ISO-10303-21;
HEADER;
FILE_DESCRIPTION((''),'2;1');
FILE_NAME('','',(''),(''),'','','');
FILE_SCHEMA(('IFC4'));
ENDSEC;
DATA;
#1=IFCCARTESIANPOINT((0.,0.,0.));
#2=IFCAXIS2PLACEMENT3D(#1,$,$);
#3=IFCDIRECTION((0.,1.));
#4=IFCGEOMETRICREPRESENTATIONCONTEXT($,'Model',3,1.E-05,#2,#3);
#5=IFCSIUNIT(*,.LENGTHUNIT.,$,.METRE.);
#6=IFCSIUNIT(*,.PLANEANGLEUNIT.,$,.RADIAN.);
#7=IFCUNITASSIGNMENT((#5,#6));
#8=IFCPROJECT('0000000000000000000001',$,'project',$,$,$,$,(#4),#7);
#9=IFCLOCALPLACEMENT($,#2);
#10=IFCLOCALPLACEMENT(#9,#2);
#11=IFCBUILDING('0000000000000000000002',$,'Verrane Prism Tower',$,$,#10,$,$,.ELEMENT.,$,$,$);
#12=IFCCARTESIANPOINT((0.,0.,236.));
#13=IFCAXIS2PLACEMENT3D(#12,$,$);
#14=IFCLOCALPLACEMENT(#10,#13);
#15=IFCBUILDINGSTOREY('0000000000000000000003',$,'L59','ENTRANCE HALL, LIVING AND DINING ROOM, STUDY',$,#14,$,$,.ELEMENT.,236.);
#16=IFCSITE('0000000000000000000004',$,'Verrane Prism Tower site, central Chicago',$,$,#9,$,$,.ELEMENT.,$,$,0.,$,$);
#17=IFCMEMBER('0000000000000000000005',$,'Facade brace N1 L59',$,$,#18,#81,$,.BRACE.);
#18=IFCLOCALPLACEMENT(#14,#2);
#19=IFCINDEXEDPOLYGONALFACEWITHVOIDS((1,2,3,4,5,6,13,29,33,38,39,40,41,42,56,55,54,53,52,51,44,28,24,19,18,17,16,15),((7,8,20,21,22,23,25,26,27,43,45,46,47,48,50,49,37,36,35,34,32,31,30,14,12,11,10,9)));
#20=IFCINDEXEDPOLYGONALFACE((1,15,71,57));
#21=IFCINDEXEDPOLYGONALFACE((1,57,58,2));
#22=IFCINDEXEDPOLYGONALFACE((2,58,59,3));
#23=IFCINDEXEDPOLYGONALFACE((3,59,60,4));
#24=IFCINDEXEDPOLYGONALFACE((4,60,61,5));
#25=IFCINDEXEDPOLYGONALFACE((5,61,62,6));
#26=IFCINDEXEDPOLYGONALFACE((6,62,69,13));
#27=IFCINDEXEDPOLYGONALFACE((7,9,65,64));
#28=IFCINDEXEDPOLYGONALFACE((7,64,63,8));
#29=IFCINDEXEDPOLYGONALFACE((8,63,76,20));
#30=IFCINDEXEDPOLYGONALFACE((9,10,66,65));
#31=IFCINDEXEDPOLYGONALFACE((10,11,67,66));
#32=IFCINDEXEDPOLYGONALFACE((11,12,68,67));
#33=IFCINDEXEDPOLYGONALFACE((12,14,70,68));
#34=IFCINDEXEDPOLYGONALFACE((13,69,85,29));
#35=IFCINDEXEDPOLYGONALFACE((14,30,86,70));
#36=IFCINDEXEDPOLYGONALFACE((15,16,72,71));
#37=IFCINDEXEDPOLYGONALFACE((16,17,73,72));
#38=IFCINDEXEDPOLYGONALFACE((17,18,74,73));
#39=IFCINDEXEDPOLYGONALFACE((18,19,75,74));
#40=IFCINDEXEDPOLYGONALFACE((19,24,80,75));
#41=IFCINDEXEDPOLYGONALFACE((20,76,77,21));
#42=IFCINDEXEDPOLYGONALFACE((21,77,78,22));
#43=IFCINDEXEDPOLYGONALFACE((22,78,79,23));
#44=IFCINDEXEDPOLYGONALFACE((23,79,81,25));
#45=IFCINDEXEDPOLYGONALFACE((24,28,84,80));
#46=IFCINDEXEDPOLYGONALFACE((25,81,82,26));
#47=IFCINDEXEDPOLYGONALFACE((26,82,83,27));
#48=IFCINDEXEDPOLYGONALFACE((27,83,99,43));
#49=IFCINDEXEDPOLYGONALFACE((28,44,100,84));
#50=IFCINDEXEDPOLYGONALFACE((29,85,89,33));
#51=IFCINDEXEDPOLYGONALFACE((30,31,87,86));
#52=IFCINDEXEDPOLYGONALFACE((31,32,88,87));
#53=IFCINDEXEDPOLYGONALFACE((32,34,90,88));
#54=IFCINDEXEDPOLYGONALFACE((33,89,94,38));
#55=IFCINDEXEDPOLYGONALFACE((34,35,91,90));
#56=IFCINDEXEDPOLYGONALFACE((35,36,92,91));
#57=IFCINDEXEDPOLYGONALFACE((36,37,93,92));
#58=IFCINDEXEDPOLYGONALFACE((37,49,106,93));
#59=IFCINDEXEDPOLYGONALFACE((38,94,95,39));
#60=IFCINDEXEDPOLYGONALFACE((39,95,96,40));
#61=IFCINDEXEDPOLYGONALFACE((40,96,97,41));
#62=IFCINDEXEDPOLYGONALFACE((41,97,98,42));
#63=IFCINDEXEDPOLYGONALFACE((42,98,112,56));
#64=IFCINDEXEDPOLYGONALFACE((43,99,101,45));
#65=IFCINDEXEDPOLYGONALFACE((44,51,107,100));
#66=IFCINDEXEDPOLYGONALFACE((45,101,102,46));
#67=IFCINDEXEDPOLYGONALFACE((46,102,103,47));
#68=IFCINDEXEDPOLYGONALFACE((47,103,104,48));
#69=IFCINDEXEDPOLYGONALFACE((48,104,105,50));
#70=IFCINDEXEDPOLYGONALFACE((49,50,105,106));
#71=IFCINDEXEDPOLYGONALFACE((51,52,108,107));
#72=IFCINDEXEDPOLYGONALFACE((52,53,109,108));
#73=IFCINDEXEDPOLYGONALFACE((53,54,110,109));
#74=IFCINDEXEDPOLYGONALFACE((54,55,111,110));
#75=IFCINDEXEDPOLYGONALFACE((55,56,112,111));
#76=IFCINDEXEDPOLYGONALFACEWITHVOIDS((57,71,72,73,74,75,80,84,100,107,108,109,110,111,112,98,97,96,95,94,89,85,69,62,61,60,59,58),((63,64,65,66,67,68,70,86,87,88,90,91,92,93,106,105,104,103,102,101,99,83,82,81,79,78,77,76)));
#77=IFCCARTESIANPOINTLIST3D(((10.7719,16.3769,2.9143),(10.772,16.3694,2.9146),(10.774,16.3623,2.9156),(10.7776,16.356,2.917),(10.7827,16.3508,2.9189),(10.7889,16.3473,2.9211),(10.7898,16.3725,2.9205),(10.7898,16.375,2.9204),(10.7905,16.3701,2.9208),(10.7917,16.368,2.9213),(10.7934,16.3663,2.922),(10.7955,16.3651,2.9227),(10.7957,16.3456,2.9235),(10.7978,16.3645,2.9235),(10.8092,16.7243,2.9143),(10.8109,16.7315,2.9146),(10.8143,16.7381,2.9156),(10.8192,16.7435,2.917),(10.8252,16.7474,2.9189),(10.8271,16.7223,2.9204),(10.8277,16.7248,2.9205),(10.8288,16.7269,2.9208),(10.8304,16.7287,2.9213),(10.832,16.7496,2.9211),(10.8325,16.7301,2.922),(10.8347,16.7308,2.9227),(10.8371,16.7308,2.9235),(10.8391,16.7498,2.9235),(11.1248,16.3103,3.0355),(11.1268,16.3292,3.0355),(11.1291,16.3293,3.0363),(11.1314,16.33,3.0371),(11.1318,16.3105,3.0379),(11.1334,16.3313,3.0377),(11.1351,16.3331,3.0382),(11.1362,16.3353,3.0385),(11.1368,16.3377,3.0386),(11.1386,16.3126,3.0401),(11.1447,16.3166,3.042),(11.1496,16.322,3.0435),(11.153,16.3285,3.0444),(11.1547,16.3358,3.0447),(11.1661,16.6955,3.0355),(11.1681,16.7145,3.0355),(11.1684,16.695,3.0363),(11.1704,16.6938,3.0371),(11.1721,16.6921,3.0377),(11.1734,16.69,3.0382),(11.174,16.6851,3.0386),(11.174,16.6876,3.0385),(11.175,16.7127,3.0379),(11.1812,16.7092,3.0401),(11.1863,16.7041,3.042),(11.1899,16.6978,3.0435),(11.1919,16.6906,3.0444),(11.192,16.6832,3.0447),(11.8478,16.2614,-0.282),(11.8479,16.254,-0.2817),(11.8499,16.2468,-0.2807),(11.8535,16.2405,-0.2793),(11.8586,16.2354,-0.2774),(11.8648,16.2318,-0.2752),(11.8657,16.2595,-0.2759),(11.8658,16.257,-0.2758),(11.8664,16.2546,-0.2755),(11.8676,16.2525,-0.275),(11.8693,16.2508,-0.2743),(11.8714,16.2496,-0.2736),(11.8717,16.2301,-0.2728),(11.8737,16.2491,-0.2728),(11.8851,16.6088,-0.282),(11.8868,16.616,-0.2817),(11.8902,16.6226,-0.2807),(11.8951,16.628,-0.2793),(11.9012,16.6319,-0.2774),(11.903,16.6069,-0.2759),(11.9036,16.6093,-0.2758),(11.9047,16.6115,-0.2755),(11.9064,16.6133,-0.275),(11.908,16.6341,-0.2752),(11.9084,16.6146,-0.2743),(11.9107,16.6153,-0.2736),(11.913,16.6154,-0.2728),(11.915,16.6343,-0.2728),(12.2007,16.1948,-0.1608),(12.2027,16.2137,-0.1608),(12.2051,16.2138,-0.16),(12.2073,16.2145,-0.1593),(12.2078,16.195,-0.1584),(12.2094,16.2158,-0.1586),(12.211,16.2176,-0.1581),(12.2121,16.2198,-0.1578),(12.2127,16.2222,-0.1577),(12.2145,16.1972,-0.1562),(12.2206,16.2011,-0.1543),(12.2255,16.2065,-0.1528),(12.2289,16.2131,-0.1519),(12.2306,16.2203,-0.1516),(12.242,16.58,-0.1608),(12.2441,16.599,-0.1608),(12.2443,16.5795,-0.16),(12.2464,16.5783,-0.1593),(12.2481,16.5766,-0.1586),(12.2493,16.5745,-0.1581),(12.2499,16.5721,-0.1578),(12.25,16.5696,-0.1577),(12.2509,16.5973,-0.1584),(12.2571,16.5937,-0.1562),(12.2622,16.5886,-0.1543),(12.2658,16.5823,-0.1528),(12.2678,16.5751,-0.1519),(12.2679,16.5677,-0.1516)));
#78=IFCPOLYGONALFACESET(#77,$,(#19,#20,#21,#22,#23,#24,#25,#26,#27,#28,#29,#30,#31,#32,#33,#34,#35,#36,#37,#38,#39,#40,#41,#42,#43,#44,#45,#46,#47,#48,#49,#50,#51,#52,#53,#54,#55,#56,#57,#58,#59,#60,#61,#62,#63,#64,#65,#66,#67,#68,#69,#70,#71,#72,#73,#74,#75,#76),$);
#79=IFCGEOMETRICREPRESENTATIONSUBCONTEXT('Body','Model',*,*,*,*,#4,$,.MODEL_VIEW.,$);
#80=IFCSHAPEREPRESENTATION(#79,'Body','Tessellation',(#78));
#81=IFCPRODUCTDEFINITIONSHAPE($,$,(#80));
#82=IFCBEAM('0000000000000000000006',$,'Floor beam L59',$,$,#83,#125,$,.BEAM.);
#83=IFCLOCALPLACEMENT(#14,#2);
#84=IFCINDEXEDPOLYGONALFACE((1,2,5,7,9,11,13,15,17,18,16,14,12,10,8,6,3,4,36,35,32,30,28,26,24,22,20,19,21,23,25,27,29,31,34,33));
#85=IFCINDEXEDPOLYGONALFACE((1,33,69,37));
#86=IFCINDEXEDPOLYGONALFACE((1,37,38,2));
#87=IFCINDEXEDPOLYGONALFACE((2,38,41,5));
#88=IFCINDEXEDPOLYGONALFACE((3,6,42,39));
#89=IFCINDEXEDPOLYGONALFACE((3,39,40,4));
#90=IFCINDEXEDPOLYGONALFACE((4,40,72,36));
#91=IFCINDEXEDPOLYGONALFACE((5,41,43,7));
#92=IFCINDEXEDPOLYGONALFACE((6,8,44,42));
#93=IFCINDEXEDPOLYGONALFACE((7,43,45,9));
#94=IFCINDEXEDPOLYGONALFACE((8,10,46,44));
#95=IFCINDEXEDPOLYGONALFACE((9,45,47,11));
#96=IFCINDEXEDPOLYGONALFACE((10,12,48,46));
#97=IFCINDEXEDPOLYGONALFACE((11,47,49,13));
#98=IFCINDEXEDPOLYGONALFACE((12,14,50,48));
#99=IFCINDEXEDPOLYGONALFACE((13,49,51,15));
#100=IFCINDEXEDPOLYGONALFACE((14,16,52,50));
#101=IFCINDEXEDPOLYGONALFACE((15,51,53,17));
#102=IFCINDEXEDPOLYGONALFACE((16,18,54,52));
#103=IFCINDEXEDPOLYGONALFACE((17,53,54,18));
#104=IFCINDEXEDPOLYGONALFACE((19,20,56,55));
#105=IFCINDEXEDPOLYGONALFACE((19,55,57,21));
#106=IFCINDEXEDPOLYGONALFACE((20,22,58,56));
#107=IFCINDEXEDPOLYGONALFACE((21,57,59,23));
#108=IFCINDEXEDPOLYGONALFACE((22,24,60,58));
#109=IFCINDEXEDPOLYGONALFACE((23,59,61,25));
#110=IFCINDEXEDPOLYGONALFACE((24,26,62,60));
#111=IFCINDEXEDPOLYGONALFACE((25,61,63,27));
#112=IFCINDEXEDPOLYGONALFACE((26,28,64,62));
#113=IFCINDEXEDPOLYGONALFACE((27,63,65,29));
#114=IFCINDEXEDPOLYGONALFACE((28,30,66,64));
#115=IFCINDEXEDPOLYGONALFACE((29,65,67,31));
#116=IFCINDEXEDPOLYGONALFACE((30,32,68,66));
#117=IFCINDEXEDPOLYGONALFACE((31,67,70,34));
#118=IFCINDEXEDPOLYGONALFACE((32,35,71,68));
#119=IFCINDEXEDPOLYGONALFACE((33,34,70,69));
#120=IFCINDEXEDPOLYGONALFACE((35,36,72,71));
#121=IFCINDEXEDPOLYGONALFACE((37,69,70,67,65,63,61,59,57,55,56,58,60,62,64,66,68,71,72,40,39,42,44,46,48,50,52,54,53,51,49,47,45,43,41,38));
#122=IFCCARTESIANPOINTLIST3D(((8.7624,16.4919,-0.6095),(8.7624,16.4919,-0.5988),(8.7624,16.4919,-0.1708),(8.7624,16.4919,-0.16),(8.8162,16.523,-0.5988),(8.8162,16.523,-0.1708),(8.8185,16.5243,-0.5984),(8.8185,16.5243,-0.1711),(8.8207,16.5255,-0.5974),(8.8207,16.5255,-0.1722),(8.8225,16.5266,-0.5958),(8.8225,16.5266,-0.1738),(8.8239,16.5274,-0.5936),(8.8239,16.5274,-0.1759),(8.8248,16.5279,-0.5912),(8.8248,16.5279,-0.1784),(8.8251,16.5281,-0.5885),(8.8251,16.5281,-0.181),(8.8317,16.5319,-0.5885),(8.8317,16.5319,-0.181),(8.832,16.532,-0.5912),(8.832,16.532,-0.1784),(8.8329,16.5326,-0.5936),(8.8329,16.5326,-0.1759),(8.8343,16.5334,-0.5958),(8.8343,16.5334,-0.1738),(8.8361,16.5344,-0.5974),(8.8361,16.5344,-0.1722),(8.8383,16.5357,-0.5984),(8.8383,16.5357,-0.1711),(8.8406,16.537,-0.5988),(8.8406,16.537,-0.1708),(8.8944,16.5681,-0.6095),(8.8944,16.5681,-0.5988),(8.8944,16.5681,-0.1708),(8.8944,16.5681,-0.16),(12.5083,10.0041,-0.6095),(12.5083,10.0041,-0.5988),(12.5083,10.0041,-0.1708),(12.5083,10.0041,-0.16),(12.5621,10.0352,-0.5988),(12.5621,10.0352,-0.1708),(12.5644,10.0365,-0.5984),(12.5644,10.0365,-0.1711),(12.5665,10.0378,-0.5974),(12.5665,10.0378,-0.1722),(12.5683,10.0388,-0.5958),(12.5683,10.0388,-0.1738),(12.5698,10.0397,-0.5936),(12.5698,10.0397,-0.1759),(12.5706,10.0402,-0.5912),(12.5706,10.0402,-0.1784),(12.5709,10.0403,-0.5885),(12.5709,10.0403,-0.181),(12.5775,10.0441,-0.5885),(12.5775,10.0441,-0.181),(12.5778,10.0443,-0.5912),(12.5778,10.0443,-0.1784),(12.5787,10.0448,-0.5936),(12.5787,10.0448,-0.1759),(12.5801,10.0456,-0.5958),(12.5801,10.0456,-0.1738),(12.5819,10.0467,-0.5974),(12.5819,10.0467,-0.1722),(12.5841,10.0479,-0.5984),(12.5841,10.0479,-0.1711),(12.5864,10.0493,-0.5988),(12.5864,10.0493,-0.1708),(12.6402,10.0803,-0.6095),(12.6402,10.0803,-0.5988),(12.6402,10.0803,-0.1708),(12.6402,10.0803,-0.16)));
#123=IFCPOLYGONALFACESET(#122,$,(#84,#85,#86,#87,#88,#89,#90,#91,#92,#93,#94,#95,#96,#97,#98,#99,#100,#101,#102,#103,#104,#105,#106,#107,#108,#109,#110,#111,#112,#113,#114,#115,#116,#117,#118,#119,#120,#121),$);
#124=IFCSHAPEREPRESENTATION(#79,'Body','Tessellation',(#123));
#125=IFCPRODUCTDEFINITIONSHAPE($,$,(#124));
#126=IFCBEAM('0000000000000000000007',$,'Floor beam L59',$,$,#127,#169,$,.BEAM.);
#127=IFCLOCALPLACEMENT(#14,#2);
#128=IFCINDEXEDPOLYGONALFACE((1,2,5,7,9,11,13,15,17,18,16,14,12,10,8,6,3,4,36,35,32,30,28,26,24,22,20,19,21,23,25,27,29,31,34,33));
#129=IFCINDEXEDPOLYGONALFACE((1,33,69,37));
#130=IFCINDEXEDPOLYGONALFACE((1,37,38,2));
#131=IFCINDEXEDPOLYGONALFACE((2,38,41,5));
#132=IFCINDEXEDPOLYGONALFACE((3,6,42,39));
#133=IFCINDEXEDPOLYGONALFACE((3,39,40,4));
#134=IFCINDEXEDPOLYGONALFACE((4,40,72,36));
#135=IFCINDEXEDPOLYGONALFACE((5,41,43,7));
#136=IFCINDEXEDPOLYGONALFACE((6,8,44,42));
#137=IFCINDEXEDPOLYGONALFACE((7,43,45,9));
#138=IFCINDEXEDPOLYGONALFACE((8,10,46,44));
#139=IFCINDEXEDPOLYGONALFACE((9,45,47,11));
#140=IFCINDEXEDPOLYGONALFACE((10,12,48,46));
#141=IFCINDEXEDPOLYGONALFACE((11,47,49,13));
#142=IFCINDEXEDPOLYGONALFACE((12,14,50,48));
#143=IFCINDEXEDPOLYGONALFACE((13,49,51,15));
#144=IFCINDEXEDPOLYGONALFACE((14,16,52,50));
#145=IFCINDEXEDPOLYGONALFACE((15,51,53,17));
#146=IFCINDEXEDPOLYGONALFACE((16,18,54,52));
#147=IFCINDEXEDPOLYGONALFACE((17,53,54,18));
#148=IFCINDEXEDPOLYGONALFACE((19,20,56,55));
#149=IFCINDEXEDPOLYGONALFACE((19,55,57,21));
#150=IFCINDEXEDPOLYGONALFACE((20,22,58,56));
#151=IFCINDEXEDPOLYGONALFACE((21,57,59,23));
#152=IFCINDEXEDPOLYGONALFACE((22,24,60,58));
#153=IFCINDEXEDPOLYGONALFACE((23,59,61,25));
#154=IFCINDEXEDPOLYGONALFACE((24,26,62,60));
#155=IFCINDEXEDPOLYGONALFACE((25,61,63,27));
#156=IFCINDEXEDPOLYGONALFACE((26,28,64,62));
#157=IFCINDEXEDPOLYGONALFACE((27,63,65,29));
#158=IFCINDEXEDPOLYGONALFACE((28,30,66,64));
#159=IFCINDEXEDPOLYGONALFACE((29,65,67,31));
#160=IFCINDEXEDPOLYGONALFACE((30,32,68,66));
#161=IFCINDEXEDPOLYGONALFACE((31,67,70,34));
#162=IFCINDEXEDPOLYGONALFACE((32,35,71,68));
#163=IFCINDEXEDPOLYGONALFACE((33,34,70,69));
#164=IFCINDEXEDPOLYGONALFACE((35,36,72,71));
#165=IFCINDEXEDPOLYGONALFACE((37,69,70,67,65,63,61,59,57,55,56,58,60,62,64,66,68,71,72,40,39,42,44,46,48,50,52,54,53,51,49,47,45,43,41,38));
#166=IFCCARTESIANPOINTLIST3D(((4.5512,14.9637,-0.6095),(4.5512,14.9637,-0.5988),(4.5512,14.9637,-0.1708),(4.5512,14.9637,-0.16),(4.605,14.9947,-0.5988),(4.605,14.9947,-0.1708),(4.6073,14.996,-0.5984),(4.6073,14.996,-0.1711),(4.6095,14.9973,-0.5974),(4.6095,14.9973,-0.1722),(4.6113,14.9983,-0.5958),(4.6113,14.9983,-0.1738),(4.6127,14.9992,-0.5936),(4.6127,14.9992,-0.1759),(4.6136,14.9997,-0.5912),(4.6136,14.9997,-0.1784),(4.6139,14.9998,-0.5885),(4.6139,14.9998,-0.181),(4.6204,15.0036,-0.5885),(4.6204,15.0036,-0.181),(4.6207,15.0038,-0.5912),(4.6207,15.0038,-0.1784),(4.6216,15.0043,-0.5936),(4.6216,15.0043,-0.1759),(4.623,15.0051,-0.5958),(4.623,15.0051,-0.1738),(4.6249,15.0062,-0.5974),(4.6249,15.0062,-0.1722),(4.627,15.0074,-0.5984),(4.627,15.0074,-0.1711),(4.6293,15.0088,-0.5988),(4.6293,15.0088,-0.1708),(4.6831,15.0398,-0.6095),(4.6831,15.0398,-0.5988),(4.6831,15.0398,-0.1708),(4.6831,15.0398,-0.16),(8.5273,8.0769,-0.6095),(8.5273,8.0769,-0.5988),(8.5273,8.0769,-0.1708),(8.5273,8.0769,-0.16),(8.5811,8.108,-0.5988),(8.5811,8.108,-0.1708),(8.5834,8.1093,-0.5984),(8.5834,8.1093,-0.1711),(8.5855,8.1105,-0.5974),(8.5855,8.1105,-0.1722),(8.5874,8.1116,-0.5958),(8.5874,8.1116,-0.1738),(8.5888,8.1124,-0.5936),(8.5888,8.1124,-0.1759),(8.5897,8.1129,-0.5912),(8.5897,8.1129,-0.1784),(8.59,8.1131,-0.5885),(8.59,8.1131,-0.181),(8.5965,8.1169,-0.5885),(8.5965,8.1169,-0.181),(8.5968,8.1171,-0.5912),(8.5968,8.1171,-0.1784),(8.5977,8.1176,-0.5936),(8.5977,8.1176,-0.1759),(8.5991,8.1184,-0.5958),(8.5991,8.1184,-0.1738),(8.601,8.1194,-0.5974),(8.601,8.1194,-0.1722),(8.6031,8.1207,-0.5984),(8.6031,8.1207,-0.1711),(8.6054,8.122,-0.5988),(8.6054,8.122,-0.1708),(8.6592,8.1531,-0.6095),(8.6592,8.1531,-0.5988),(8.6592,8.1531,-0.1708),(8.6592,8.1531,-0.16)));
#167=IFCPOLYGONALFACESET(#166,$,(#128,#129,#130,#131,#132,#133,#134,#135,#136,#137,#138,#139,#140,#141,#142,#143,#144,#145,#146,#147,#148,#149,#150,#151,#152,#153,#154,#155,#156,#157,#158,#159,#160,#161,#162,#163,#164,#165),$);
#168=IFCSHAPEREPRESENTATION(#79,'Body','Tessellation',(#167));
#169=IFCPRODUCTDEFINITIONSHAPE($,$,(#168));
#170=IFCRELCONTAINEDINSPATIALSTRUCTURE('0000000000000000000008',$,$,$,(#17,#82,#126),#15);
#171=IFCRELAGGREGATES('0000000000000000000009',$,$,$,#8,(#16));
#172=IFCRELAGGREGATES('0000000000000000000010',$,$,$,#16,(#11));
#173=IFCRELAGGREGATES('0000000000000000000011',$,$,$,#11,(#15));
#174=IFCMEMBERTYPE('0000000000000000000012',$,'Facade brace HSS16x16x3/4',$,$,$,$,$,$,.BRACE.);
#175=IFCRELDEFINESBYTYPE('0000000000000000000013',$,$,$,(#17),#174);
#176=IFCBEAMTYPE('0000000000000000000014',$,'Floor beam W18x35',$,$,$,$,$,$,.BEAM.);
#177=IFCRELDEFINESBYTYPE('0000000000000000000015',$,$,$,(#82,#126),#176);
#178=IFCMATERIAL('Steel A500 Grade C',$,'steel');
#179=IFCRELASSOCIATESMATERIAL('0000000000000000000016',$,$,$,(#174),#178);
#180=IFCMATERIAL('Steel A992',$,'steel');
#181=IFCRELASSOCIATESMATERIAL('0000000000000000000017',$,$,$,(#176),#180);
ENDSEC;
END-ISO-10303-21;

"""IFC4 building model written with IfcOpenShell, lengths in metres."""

from ifc_helpers import new_model, si_unit, direction, frame, origin, origin_2d, place, context, subcontext, project, spatial, hollow_rectangle, i_section, extrude, material, material_profile, profile_set, type_object, element, save


model = new_model("IFC4")

# Units and contexts
model_context = context("Model", 3, precision=1e-05, world=origin(), true_north=direction((0.0, 1.0)))
body_context = subcontext(model_context, "Body", "Model", "MODEL_VIEW")
ifc_project = project(units=[si_unit("LENGTHUNIT", "METRE"), si_unit("PLANEANGLEUNIT", "RADIAN")], contexts=[model_context])

# Site, building, storey
site_placement = place(None, origin())
site = spatial("IfcSite", under=ifc_project, at=site_placement, Name="Verrane Prism Tower site, central Chicago", CompositionType="ELEMENT", RefElevation=0.0)
building_placement = place(site_placement, origin())
building = spatial("IfcBuilding", under=site, at=building_placement, Name="Verrane Prism Tower", CompositionType="ELEMENT")
storey_placement = place(building_placement, frame((0.0, 0.0, 236.0)))
storey = spatial("IfcBuildingStorey", under=building, at=storey_placement, Name="L59", Description="ENTRANCE HALL, LIVING AND DINING ROOM, STUDY", CompositionType="ELEMENT", Elevation=236.0)

# Member
ifc_material_1 = material(Name="Steel A500 Grade C", Category="steel")
ifc_material_profile_1 = material_profile(ifc_material_1, hollow_rectangle(XDim=0.4065, YDim=0.4065, WallThickness=0.019, InnerFilletRadius=0.0095, OuterFilletRadius=0.0286, at=origin_2d()), Name="HSS16x16x3/4")
ifc_profile_set_1 = profile_set([ifc_material_profile_1], Name="Steel A500 Grade C")
member_type_1 = type_object("IfcMemberType", Name="Facade brace HSS16x16x3/4", PredefinedType="BRACE", material=ifc_profile_set_1)
member_1_placement = place(storey_placement, frame((12.0579, 16.4146, -0.2168), z_axis=(-0.318841, 0.034221, 0.94719), x_axis=(-0.106716, -0.99429, 0.0)))
element("IfcMember", 1, at=member_1_placement, inside=storey, type_object=member_type_1, Name="Facade brace N1 L59", PredefinedType="BRACE", context=body_context, shape_type="SweptSolid", body=[
    extrude(hollow_rectangle(XDim=0.4065, YDim=0.4065, WallThickness=0.019, InnerFilletRadius=0.0095, OuterFilletRadius=0.0286, at=origin_2d()), origin(), (0.0, 0.0, 1.0), 3.3745),
])

# Beams
ifc_material_2 = material(Name="Steel A992", Category="steel")
ifc_material_profile_2 = material_profile(ifc_material_2, i_section(OverallWidth=0.1523, OverallDepth=0.4495, WebThickness=0.0076, FlangeThickness=0.0107, FilletRadius=0.0103, at=origin_2d()), Name="W18x35")
ifc_profile_set_2 = profile_set([ifc_material_profile_2], Name="Steel A992")
beam_type_1 = type_object("IfcBeamType", Name="Floor beam W18x35", PredefinedType="BEAM", material=ifc_profile_set_2)
beam_1_placement = place(storey_placement, frame((12.5742, 10.0422, -0.3848), z_axis=(-0.500012, 0.866018, 0.0), x_axis=(-0.866018, -0.500012, 0.0)))
element("IfcBeam", 2, at=beam_1_placement, inside=storey, type_object=beam_type_1, Name="Floor beam L59", PredefinedType="BEAM", context=body_context, shape_type="SweptSolid", body=[
    extrude(i_section(OverallWidth=0.1523, OverallDepth=0.4495, WebThickness=0.0076, FlangeThickness=0.0107, FilletRadius=0.0103, at=origin_2d()), origin(), (0.0, 0.0, 1.0), 7.4915),
])
beam_2_placement = place(storey_placement, frame((8.5933, 8.115, -0.3848), z_axis=(-0.500002, 0.866024, 0.0), x_axis=(-0.866024, -0.500002, 0.0)))
element("IfcBeam", 3, at=beam_2_placement, inside=storey, type_object=beam_type_1, Name="Floor beam L59", PredefinedType="BEAM", context=body_context, shape_type="SweptSolid", body=[
    extrude(i_section(OverallWidth=0.1523, OverallDepth=0.4495, WebThickness=0.0076, FlangeThickness=0.0107, FilletRadius=0.0103, at=origin_2d()), origin(), (0.0, 0.0, 1.0), 7.9521),
])

save(model, "model.ifc")
